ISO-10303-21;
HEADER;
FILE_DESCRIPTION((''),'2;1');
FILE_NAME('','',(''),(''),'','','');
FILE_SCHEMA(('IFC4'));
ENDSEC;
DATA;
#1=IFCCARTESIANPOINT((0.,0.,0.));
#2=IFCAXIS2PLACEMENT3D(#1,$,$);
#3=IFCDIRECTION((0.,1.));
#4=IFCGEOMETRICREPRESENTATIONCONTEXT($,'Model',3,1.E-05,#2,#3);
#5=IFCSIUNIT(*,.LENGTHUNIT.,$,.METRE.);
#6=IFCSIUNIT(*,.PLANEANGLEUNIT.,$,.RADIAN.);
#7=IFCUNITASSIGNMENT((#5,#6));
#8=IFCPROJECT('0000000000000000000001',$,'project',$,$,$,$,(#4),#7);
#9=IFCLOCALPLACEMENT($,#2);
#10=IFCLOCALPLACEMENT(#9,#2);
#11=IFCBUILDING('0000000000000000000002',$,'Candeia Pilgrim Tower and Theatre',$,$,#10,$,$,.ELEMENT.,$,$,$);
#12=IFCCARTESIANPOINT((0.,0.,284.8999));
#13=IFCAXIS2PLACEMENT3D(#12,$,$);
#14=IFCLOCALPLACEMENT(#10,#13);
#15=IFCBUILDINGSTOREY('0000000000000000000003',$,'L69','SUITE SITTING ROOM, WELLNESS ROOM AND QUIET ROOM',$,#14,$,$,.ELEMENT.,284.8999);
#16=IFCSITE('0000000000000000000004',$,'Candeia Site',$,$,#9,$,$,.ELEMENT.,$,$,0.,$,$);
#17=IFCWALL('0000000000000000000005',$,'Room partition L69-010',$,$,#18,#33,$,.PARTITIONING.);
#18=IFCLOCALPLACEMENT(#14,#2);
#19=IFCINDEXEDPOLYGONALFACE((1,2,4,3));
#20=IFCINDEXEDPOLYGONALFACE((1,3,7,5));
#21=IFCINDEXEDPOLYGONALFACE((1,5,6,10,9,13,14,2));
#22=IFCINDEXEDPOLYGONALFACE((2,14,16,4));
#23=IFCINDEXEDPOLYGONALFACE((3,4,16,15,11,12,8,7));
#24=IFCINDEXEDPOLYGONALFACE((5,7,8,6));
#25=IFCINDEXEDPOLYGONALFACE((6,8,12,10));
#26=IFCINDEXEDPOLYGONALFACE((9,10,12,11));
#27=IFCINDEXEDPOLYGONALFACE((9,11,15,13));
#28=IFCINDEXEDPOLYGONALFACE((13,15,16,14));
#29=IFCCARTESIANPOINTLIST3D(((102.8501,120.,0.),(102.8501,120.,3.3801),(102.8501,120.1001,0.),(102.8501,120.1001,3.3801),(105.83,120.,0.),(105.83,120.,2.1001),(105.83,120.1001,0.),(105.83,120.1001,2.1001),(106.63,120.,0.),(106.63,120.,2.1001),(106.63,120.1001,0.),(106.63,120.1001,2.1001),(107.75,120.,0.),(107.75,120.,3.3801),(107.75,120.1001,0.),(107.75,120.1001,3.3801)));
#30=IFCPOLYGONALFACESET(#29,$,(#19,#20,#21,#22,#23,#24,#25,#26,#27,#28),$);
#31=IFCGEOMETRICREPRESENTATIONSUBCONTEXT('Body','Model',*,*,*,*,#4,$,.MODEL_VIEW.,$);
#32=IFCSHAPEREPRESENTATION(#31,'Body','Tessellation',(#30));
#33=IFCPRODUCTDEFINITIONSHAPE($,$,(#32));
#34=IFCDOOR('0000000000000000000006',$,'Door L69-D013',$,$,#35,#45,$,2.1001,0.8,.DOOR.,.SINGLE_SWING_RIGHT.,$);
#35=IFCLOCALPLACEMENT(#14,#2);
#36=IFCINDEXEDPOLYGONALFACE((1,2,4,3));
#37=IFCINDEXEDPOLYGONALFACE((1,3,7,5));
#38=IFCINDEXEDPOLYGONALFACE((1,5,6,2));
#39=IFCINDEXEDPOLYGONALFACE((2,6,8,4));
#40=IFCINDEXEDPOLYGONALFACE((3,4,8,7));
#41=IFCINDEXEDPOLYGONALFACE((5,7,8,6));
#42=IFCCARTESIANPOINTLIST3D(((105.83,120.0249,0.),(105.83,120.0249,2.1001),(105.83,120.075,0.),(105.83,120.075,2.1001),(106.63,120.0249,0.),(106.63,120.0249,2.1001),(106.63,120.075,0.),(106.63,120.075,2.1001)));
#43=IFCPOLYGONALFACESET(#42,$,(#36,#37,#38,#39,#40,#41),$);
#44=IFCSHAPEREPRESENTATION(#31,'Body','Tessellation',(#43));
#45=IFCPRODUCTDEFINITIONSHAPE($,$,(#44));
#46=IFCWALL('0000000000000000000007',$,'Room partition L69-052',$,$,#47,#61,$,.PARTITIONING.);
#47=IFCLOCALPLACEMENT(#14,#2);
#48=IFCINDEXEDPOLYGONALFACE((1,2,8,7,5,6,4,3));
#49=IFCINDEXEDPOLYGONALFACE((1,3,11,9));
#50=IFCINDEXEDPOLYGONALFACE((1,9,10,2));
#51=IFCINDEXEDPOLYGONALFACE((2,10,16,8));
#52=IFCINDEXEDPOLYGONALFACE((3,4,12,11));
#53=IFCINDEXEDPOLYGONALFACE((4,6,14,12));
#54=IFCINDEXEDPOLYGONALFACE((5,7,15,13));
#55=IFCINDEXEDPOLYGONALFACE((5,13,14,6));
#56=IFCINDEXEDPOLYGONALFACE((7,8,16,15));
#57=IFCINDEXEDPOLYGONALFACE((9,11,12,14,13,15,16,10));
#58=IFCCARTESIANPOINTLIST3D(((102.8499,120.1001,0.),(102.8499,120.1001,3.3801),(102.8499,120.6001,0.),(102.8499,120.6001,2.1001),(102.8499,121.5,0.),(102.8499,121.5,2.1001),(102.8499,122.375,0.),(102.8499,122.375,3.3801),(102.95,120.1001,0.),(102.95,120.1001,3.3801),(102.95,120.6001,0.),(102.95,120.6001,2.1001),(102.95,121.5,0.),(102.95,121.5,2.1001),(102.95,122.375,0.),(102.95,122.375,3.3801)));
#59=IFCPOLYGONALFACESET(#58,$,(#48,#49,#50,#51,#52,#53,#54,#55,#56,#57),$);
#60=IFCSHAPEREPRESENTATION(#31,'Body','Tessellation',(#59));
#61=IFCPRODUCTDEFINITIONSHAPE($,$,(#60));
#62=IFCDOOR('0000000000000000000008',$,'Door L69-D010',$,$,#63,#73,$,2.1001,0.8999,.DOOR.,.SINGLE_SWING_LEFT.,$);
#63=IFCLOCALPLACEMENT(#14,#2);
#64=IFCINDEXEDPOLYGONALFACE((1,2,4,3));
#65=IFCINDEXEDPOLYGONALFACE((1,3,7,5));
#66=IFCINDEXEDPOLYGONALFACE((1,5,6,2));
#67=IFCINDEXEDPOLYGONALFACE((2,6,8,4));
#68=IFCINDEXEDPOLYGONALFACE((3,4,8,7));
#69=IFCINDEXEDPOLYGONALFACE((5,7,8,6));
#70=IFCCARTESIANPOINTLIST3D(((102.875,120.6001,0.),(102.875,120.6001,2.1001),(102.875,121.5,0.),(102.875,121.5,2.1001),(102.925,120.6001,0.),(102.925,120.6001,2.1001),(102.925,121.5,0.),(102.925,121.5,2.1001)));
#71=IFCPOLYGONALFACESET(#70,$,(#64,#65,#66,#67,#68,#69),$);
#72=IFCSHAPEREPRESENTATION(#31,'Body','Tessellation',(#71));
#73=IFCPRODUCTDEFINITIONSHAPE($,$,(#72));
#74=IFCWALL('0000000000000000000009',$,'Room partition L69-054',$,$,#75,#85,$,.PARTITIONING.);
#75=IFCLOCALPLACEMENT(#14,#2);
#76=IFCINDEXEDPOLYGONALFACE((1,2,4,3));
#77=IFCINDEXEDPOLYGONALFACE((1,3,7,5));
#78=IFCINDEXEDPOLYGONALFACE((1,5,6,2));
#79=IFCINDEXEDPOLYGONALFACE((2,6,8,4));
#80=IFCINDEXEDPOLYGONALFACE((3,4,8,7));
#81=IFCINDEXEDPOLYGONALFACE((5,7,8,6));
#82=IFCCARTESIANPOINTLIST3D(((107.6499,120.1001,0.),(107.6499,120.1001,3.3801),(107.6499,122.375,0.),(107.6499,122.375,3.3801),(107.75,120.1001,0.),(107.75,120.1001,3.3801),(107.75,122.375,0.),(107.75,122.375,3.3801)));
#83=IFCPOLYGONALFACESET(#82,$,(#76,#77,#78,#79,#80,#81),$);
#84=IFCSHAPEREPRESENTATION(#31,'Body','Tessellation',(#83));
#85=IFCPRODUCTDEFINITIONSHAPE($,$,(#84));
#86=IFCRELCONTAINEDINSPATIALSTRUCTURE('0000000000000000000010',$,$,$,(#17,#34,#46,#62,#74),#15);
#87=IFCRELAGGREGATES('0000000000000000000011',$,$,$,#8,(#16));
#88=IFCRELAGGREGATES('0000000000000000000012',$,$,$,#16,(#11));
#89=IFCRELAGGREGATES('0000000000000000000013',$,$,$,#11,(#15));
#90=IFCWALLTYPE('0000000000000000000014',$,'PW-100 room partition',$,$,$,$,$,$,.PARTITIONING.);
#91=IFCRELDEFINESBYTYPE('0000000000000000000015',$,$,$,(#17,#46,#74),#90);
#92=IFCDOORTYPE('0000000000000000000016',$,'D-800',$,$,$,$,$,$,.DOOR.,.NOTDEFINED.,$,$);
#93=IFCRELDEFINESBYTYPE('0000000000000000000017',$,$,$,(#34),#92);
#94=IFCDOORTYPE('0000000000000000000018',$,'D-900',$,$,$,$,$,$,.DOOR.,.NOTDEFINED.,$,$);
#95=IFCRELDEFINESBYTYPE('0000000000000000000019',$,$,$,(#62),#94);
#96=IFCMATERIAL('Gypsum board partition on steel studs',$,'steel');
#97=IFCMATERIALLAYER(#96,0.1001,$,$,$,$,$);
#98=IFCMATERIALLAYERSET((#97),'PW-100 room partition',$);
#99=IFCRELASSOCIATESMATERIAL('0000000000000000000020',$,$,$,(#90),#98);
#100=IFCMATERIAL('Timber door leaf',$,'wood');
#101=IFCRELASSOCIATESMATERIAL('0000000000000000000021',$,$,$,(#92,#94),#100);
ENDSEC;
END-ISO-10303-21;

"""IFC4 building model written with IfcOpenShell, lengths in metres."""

from ifc_helpers import new_model, si_unit, direction, frame, frame_2d, origin, place, context, subcontext, project, spatial, rectangle, extrude, material, layer, layer_set, type_object, element, fill, save


model = new_model("IFC4")

# Units and contexts
model_context = context("Model", 3, precision=1e-05, world=origin(), true_north=direction((0.0, 1.0)))
body_context = subcontext(model_context, "Body", "Model", "MODEL_VIEW")
ifc_project = project(units=[si_unit("LENGTHUNIT", "METRE"), si_unit("PLANEANGLEUNIT", "RADIAN")], contexts=[model_context])

# Site, building, storey
site_placement = place(None, origin())
site = spatial("IfcSite", under=ifc_project, at=site_placement, Name="Candeia Site", CompositionType="ELEMENT", RefElevation=0.0)
building_placement = place(site_placement, origin())
building = spatial("IfcBuilding", under=site, at=building_placement, Name="Candeia Pilgrim Tower and Theatre", CompositionType="ELEMENT")
storey_placement = place(building_placement, frame((0.0, 0.0, 284.8999)))
storey = spatial("IfcBuildingStorey", under=building, at=storey_placement, Name="L69", Description="SUITE SITTING ROOM, WELLNESS ROOM AND QUIET ROOM", CompositionType="ELEMENT", Elevation=284.8999)

# Walls, openings, doors
ifc_material_1 = material(Name="Gypsum board partition on steel studs", Category="steel")
ifc_layer_1 = layer(ifc_material_1, 0.1001)
ifc_layer_set_1 = layer_set([ifc_layer_1], Name="PW-100 room partition")
wall_type_1 = type_object("IfcWallType", Name="PW-100 room partition", PredefinedType="PARTITIONING", material=ifc_layer_set_1)
wall_1_placement = place(storey_placement, frame((102.8501, 120.05, 0.0), z_axis=(0.0, 0.0, 1.0), x_axis=(1.0, 0.0, 0.0)))
wall_1 = element("IfcWall", 1, at=wall_1_placement, inside=storey, type_object=wall_type_1, Name="Room partition L69-010", PredefinedType="PARTITIONING", context=body_context, shape_type="SweptSolid", body=[
    extrude(rectangle(XDim=4.8999, YDim=0.1001, at=frame_2d((2.45, 0.0))), origin(), (0.0, 0.0, 1.0), 3.3801),
])
opening_1_placement = place(wall_1_placement, frame((2.98, 0.0, 0.0)))
opening_1 = element("IfcOpeningElement", 2, at=opening_1_placement, cuts=wall_1, PredefinedType="OPENING", context=body_context, shape_type="SweptSolid", body=[
    extrude(rectangle(XDim=0.8, YDim=2.1001, at=frame_2d((0.3999, 1.05))), frame((0.0, 0.0601, 0.0), z_axis=(0.0, -1.0, 0.0), x_axis=(1.0, 0.0, 0.0)), (0.0, 0.0, 1.0), 0.1201),
])
ifc_material_2 = material(Name="Timber door leaf", Category="wood")
door_type_1 = type_object("IfcDoorType", Name="D-800", OperationType="NOTDEFINED", PredefinedType="DOOR", material=ifc_material_2)
door_1_placement = place(opening_1_placement, origin())
door_1 = element("IfcDoor", 3, at=door_1_placement, inside=storey, type_object=door_type_1, Name="Door L69-D013", OperationType="SINGLE_SWING_RIGHT", OverallHeight=2.1001, OverallWidth=0.8, PredefinedType="DOOR", context=body_context, shape_type="SweptSolid", body=[
    extrude(rectangle(XDim=0.8, YDim=2.1001, at=frame_2d((0.3999, 1.05))), frame((0.0, 0.0249, 0.0), z_axis=(0.0, -1.0, 0.0), x_axis=(1.0, 0.0, 0.0)), (0.0, 0.0, 1.0), 0.05),
])
fill(opening_1, door_1)
wall_2_placement = place(storey_placement, frame((102.8999, 120.1001, 0.0), z_axis=(0.0, 0.0, 1.0), x_axis=(0.0, 1.0, 0.0)))
wall_2 = element("IfcWall", 4, at=wall_2_placement, inside=storey, type_object=wall_type_1, Name="Room partition L69-052", PredefinedType="PARTITIONING", context=body_context, shape_type="SweptSolid", body=[
    extrude(rectangle(XDim=2.2749, YDim=0.1001, at=frame_2d((1.1375, 0.0))), origin(), (0.0, 0.0, 1.0), 3.3801),
])
opening_2_placement = place(wall_2_placement, frame((0.5, 0.0, 0.0)))
opening_2 = element("IfcOpeningElement", 5, at=opening_2_placement, cuts=wall_2, PredefinedType="OPENING", context=body_context, shape_type="SweptSolid", body=[
    extrude(rectangle(XDim=0.8999, YDim=2.1001, at=frame_2d((0.45, 1.05))), frame((0.0, 0.0601, 0.0), z_axis=(0.0, -1.0, 0.0), x_axis=(1.0, 0.0, 0.0)), (0.0, 0.0, 1.0), 0.1201),
])
door_type_2 = type_object("IfcDoorType", Name="D-900", OperationType="NOTDEFINED", PredefinedType="DOOR", material=ifc_material_2)
door_2_placement = place(opening_2_placement, origin())
door_2 = element("IfcDoor", 6, at=door_2_placement, inside=storey, type_object=door_type_2, Name="Door L69-D010", OperationType="SINGLE_SWING_LEFT", OverallHeight=2.1001, OverallWidth=0.8999, PredefinedType="DOOR", context=body_context, shape_type="SweptSolid", body=[
    extrude(rectangle(XDim=0.8999, YDim=2.1001, at=frame_2d((0.45, 1.05))), frame((0.0, 0.0249, 0.0), z_axis=(0.0, -1.0, 0.0), x_axis=(1.0, 0.0, 0.0)), (0.0, 0.0, 1.0), 0.05),
])
fill(opening_2, door_2)

# Wall
wall_3_placement = place(storey_placement, frame((107.7, 120.1001, 0.0), z_axis=(0.0, 0.0, 1.0), x_axis=(0.0, 1.0, 0.0)))
element("IfcWall", 7, at=wall_3_placement, inside=storey, type_object=wall_type_1, Name="Room partition L69-054", PredefinedType="PARTITIONING", context=body_context, shape_type="SweptSolid", body=[
    extrude(rectangle(XDim=2.2749, YDim=0.1001, at=frame_2d((1.1375, 0.0))), origin(), (0.0, 0.0, 1.0), 3.3801),
])

save(model, "model.ifc")
